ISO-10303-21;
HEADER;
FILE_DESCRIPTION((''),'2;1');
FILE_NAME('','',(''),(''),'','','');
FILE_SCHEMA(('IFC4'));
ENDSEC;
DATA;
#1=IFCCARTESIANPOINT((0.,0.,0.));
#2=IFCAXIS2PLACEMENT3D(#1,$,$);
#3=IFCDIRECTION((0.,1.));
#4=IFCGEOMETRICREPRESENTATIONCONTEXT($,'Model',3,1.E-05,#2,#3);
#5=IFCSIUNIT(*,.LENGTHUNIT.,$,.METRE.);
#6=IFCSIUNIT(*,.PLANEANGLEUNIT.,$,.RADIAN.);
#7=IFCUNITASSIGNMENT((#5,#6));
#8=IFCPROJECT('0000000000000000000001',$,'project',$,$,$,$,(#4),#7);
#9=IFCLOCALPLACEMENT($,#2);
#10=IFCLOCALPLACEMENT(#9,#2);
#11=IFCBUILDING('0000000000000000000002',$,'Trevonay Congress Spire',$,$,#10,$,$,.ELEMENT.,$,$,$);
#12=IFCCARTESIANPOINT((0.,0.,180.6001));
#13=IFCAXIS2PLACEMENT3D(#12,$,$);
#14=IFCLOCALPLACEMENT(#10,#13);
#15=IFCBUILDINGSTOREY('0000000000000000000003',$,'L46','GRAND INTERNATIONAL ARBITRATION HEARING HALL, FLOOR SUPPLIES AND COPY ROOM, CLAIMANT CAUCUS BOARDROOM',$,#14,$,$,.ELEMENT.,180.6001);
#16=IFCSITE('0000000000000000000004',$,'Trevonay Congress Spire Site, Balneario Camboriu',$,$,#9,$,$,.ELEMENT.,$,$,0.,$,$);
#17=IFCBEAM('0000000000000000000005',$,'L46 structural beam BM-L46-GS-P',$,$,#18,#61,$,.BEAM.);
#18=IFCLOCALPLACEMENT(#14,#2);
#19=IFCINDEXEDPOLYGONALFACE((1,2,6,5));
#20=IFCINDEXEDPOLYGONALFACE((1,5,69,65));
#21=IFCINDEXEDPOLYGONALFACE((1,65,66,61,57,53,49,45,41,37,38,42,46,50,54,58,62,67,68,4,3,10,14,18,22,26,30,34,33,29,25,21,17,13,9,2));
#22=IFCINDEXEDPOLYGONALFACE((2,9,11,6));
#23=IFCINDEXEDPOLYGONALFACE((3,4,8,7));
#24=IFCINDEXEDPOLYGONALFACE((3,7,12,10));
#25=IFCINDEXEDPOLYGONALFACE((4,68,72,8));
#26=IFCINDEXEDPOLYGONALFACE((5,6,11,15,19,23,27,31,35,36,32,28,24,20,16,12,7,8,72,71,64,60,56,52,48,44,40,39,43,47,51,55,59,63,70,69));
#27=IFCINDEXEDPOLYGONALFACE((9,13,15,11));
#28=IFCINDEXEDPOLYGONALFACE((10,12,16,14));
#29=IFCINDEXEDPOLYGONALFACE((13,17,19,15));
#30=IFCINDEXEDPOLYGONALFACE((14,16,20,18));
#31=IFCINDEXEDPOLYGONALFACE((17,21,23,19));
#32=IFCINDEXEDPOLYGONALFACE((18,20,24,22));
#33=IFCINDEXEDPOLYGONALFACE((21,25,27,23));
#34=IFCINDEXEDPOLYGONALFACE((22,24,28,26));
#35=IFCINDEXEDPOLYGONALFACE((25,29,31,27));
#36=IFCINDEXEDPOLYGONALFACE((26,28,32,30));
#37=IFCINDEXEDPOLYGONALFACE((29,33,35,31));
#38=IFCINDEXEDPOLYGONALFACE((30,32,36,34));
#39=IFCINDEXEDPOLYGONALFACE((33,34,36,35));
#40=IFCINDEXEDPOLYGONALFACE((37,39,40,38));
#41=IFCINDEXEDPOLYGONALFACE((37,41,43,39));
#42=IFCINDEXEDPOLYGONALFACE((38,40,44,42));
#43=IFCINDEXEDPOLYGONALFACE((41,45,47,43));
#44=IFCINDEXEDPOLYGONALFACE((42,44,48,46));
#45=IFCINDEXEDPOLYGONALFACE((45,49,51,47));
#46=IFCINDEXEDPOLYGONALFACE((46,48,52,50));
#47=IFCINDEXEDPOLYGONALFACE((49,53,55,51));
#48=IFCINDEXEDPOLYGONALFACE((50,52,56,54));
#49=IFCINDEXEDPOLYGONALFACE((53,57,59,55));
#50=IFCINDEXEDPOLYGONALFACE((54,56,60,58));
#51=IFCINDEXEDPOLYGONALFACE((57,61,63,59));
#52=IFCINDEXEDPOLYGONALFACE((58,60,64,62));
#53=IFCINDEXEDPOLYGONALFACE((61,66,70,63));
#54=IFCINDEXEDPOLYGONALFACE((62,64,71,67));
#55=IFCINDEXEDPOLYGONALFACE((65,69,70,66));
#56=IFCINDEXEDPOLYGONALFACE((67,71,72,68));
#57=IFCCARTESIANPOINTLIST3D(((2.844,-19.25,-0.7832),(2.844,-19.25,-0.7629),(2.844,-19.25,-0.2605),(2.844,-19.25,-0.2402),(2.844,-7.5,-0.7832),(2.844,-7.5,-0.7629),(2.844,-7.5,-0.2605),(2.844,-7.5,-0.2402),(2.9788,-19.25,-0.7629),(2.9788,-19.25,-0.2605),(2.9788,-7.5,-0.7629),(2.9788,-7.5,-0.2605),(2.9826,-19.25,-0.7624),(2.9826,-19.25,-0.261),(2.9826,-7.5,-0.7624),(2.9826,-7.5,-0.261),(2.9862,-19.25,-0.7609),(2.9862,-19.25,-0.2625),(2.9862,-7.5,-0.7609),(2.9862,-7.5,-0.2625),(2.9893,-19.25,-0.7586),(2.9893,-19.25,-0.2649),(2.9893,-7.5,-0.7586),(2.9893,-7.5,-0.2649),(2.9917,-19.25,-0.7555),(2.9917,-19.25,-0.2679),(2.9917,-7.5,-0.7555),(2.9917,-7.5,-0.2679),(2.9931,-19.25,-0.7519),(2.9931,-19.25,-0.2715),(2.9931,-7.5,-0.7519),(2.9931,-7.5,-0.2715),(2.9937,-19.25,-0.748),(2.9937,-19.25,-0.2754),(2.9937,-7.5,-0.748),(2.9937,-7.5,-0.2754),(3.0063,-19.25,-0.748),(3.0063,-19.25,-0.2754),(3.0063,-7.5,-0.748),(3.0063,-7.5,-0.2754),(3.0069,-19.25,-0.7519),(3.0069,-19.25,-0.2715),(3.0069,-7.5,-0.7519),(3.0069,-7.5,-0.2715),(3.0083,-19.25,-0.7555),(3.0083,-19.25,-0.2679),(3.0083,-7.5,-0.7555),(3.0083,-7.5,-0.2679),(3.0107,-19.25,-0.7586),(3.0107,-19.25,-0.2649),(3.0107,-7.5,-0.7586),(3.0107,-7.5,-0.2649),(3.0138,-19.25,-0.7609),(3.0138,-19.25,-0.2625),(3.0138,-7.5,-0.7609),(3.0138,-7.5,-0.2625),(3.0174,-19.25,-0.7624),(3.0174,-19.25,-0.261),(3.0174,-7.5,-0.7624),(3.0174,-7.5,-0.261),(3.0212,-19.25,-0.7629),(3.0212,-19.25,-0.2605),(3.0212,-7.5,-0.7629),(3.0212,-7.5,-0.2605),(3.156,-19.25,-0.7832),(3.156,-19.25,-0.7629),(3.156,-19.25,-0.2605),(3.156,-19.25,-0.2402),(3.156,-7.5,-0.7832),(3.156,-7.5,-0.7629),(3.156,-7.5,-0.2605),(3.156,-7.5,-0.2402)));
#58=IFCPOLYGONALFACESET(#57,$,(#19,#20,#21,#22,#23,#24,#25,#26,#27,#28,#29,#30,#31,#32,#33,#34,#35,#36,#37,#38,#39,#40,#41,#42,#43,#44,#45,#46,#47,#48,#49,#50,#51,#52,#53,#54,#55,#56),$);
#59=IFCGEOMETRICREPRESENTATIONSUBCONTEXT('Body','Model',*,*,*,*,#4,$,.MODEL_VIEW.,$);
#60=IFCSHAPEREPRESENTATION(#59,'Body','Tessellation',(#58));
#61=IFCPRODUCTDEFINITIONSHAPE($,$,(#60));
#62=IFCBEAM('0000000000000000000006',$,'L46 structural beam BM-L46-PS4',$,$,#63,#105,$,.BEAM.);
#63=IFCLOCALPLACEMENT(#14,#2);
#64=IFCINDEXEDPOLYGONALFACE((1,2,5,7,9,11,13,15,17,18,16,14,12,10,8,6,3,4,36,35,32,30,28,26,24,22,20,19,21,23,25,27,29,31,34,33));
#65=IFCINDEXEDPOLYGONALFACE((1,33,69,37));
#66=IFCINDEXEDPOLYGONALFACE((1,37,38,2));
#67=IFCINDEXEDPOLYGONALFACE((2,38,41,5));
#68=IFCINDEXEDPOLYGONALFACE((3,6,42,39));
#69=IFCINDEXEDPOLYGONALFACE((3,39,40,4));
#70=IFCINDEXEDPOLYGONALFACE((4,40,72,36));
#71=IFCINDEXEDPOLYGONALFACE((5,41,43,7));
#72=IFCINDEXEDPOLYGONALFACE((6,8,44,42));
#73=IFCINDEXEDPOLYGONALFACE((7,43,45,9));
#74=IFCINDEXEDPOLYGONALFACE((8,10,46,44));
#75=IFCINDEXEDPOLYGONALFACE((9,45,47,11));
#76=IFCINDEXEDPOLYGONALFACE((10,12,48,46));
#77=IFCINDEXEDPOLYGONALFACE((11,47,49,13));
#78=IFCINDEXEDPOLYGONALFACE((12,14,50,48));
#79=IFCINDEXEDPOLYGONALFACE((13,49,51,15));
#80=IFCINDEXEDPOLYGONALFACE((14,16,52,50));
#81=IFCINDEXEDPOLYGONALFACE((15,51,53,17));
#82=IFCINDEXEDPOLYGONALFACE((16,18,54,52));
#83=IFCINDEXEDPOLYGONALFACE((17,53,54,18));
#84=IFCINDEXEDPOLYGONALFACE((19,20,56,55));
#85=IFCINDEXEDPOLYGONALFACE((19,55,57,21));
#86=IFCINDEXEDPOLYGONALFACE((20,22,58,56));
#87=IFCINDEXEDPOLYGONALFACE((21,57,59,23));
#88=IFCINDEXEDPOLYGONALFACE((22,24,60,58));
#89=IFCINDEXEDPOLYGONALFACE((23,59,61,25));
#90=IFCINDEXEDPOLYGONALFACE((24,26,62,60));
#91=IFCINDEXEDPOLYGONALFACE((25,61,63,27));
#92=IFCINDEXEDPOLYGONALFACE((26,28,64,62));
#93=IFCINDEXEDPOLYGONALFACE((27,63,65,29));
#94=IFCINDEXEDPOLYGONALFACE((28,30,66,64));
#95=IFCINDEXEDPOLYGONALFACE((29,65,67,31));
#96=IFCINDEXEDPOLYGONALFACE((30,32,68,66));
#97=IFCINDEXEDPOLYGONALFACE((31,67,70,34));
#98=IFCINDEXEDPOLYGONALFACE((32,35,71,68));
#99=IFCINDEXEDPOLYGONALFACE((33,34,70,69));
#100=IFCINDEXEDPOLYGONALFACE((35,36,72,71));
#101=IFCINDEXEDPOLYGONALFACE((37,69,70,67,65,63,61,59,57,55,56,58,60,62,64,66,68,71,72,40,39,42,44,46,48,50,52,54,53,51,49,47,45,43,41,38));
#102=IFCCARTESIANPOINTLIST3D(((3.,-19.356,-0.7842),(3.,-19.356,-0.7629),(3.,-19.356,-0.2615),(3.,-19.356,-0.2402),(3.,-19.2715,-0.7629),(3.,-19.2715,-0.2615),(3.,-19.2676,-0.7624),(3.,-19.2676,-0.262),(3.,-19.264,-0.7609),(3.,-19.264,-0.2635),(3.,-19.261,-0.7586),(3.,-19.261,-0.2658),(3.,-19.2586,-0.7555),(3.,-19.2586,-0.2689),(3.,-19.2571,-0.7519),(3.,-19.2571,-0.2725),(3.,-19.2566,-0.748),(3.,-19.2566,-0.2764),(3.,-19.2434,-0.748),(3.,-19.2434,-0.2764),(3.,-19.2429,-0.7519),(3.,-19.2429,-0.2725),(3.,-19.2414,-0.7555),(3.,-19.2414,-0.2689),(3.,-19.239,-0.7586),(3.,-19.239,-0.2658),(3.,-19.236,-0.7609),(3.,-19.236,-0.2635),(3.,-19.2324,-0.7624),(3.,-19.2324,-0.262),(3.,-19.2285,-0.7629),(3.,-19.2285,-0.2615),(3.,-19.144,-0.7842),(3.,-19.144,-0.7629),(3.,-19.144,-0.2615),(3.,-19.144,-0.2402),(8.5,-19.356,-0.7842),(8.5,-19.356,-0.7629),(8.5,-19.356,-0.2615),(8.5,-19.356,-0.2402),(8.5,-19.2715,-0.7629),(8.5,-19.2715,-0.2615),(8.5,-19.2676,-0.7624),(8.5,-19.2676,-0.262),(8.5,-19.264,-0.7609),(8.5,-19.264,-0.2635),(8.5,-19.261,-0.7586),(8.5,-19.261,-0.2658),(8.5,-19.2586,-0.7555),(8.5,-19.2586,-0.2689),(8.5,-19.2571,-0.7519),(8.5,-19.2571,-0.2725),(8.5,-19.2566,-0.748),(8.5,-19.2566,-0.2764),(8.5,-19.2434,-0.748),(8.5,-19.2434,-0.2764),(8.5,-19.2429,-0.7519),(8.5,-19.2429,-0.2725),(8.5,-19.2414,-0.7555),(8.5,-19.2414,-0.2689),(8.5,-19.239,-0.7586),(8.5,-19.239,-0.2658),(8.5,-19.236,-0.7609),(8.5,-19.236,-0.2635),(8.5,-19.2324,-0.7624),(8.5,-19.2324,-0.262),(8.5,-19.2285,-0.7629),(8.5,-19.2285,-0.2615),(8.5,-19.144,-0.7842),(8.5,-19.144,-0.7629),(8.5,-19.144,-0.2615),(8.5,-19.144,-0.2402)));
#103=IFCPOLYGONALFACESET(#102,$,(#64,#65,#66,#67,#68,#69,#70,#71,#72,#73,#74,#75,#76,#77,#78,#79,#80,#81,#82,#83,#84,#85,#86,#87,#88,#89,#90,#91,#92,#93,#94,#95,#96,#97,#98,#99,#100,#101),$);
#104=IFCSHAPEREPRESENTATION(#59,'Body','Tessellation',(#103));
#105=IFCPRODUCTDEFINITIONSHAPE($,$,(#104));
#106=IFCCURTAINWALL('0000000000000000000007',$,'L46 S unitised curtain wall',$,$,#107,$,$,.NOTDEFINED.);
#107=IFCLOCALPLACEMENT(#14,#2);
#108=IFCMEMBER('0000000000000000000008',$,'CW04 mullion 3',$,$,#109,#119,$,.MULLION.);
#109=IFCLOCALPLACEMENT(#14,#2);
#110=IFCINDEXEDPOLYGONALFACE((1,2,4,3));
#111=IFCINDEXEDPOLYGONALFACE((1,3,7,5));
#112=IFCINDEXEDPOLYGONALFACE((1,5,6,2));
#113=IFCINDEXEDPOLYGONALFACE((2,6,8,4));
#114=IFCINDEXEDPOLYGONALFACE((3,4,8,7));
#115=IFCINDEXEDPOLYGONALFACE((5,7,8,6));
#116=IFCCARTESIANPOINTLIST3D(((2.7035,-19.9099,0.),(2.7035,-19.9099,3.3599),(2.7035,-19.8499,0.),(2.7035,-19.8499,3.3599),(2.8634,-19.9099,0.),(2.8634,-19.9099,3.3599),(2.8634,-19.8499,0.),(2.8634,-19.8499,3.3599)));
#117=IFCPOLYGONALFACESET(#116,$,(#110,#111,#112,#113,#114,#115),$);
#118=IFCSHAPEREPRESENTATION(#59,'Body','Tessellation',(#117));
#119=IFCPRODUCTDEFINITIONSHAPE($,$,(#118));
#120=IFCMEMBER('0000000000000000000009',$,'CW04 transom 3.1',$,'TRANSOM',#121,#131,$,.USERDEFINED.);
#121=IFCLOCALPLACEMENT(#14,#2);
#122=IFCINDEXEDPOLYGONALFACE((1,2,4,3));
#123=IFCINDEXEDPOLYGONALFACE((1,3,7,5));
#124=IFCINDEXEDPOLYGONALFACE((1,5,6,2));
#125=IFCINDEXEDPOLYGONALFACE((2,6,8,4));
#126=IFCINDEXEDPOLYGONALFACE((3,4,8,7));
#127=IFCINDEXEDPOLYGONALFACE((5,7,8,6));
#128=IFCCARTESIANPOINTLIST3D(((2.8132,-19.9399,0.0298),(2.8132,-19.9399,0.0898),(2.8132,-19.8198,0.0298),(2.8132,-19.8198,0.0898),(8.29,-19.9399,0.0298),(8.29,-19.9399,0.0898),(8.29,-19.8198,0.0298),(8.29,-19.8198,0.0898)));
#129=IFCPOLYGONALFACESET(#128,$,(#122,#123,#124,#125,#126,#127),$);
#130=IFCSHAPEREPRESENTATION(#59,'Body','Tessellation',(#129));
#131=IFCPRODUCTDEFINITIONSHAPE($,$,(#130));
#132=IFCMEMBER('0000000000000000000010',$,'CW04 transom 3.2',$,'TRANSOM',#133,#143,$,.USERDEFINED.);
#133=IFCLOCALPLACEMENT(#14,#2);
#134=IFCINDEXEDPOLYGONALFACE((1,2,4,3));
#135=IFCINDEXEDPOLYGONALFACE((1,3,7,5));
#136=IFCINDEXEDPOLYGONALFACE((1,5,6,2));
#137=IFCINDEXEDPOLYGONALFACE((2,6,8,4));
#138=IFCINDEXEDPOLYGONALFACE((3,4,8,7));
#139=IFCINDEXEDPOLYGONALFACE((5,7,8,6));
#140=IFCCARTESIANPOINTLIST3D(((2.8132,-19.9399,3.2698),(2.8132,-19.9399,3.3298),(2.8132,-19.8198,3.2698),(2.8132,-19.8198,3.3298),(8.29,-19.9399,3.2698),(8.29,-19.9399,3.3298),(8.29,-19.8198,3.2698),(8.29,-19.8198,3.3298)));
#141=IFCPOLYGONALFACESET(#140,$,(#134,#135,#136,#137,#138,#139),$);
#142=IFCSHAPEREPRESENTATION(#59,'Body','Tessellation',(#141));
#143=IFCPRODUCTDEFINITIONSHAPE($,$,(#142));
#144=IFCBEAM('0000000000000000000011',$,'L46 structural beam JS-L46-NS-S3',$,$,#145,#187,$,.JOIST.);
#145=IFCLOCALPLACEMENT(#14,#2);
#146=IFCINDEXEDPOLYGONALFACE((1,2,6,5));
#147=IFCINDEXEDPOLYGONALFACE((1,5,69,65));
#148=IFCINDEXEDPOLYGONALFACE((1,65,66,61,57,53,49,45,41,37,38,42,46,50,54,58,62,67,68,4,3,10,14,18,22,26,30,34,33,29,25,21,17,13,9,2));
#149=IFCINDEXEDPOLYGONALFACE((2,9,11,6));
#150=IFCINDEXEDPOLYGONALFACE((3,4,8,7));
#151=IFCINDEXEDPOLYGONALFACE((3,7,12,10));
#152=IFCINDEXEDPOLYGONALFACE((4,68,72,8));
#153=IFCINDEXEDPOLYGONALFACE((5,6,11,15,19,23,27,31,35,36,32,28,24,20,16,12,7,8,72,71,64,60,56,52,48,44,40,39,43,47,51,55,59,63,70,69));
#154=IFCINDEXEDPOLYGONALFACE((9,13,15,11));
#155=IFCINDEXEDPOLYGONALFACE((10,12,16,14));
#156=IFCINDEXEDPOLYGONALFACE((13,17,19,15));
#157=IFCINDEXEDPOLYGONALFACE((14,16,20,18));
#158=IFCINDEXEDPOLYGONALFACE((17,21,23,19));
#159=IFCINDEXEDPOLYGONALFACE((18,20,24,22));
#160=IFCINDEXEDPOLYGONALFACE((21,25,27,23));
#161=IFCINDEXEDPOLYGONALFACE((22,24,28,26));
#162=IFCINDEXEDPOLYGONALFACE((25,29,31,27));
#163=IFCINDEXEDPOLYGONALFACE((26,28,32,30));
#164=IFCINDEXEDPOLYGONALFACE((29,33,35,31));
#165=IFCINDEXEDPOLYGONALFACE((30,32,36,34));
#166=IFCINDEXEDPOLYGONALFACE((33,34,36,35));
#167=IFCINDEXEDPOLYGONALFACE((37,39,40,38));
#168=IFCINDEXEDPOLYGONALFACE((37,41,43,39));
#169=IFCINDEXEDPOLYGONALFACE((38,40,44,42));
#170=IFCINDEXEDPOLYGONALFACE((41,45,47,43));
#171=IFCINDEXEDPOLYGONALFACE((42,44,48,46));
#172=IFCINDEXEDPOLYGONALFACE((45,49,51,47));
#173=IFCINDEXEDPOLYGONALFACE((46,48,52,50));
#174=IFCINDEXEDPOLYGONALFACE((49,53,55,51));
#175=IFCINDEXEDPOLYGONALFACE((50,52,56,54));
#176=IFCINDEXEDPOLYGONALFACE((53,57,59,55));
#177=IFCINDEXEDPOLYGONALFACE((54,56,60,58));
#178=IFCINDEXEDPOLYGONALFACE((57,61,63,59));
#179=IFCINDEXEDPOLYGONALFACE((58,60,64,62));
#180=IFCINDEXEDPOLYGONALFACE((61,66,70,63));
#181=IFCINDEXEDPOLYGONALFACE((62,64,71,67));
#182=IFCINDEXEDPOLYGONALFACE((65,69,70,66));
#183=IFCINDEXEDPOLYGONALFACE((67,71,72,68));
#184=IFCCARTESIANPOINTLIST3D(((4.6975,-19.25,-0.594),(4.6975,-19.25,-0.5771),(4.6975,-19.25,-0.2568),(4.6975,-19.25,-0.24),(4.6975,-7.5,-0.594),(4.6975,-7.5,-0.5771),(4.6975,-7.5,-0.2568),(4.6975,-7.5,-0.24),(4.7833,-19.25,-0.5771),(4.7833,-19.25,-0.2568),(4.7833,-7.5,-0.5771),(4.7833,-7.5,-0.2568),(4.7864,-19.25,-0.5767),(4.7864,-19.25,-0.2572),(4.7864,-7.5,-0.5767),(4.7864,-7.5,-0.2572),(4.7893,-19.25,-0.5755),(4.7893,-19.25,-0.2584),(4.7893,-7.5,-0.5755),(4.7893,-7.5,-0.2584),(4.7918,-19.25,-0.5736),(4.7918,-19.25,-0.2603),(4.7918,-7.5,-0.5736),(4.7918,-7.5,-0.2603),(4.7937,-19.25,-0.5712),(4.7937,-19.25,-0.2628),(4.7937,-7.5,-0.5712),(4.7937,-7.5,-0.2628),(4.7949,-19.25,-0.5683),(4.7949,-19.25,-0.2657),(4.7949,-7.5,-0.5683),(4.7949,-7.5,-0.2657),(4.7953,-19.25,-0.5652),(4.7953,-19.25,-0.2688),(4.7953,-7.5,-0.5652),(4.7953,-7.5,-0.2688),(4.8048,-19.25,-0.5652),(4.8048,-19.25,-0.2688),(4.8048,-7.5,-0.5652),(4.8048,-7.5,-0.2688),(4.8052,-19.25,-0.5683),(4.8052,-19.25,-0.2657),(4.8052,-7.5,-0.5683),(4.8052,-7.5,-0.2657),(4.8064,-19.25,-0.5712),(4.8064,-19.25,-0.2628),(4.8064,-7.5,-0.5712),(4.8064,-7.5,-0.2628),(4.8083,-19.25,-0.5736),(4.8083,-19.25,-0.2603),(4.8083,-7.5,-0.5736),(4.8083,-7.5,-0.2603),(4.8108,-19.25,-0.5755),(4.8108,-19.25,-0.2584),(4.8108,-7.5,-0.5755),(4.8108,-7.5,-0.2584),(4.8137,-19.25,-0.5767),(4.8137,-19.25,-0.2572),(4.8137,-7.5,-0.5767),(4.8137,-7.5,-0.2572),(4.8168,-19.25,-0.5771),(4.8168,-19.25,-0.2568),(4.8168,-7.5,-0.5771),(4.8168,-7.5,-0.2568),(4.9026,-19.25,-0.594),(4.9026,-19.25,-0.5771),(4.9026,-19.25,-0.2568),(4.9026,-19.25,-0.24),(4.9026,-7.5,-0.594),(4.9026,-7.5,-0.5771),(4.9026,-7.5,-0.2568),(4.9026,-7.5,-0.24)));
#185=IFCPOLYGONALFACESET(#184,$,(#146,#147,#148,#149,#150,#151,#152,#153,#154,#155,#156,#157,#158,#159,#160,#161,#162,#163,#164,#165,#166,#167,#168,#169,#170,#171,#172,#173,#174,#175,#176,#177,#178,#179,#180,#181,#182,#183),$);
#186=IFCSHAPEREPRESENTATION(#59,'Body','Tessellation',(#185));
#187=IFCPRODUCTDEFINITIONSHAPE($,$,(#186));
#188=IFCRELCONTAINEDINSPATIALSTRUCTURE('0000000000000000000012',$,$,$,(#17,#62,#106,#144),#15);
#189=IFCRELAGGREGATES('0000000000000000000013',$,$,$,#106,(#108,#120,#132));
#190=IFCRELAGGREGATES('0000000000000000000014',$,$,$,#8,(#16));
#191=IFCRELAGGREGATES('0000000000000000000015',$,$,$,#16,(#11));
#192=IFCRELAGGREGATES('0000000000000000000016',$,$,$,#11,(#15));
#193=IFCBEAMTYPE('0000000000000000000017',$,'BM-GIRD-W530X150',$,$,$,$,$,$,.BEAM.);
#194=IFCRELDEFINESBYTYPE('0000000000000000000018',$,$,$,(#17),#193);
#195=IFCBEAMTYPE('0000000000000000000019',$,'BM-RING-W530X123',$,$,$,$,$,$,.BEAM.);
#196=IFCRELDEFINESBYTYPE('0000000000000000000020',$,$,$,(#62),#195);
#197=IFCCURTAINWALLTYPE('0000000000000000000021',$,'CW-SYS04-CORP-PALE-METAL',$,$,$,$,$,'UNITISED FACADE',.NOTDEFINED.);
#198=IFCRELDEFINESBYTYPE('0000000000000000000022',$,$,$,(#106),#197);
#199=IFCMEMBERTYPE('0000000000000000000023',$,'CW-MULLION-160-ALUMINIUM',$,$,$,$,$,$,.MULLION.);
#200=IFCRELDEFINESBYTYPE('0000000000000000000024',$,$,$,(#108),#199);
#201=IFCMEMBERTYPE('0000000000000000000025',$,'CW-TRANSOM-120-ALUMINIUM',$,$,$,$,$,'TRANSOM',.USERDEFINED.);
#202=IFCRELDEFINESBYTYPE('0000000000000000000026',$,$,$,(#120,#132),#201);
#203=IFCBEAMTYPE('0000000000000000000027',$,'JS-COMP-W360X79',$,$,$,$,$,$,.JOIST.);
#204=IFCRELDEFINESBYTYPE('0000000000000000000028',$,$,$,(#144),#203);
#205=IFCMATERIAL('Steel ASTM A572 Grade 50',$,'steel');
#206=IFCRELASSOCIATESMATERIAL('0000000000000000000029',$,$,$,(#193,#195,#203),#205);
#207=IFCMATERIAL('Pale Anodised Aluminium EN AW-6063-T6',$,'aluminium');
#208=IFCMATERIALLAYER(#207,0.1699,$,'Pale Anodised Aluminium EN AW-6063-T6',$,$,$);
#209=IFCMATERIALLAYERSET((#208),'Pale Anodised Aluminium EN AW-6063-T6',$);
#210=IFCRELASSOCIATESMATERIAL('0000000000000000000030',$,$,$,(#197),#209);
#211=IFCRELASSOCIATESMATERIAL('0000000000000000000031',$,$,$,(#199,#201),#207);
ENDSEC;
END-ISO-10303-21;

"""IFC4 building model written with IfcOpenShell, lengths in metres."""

from ifc_helpers import new_model, si_unit, direction, frame, origin, origin_2d, place, context, subcontext, project, spatial, rectangle, i_section, extrude, material, layer, layer_set, material_profile, profile_set, type_object, element, aggregate, save


model = new_model("IFC4")

# Units and contexts
model_context = context("Model", 3, precision=1e-05, world=origin(), true_north=direction((0.0, 1.0)))
body_context = subcontext(model_context, "Body", "Model", "MODEL_VIEW")
ifc_project = project(units=[si_unit("LENGTHUNIT", "METRE"), si_unit("PLANEANGLEUNIT", "RADIAN")], contexts=[model_context])

# Site, building, storey
site_placement = place(None, origin())
site = spatial("IfcSite", under=ifc_project, at=site_placement, Name="Trevonay Congress Spire Site, Balneario Camboriu", CompositionType="ELEMENT", RefElevation=0.0)
building_placement = place(site_placement, origin())
building = spatial("IfcBuilding", under=site, at=building_placement, Name="Trevonay Congress Spire", CompositionType="ELEMENT")
storey_placement = place(building_placement, frame((0.0, 0.0, 180.6001)))
storey = spatial("IfcBuildingStorey", under=building, at=storey_placement, Name="L46", Description="GRAND INTERNATIONAL ARBITRATION HEARING HALL, FLOOR SUPPLIES AND COPY ROOM, CLAIMANT CAUCUS BOARDROOM", CompositionType="ELEMENT", Elevation=180.6001)

# Shared definitions
ifc_material_1 = material(Name="Steel ASTM A572 Grade 50", Category="steel")

# Beams
ifc_material_profile_1 = material_profile(ifc_material_1, i_section(OverallWidth=0.312, OverallDepth=0.543, WebThickness=0.0127, FlangeThickness=0.0203, FilletRadius=0.0149, at=origin_2d()), Name="W530x150")
ifc_profile_set_1 = profile_set([ifc_material_profile_1], Name="Steel ASTM A572 Grade 50")
beam_type_1 = type_object("IfcBeamType", Name="BM-GIRD-W530X150", PredefinedType="BEAM", material=ifc_profile_set_1)
beam_1_placement = place(storey_placement, frame((3.0, -7.5, -0.5117), z_axis=(0.0, -1.0, 0.0), x_axis=(1.0, 0.0, 0.0)))
element("IfcBeam", 1, at=beam_1_placement, inside=storey, type_object=beam_type_1, Name="L46 structural beam BM-L46-GS-P", PredefinedType="BEAM", context=body_context, shape_type="SweptSolid", body=[
    extrude(i_section(OverallWidth=0.312, OverallDepth=0.543, WebThickness=0.0127, FlangeThickness=0.0203, FilletRadius=0.0149, at=origin_2d()), origin(), (0.0, 0.0, 1.0), 11.75),
])
ifc_material_profile_2 = material_profile(ifc_material_1, i_section(OverallWidth=0.2119, OverallDepth=0.5439, WebThickness=0.0132, FlangeThickness=0.0212, FilletRadius=0.0149, at=origin_2d()), Name="W530x123")
ifc_profile_set_2 = profile_set([ifc_material_profile_2], Name="Steel ASTM A572 Grade 50")
beam_type_2 = type_object("IfcBeamType", Name="BM-RING-W530X123", PredefinedType="BEAM", material=ifc_profile_set_2)
beam_2_placement = place(storey_placement, frame((3.0, -19.25, -0.5122), z_axis=(1.0, 0.0, 0.0), x_axis=(0.0, 1.0, 0.0)))
element("IfcBeam", 2, at=beam_2_placement, inside=storey, type_object=beam_type_2, Name="L46 structural beam BM-L46-PS4", PredefinedType="BEAM", context=body_context, shape_type="SweptSolid", body=[
    extrude(i_section(OverallWidth=0.2119, OverallDepth=0.5439, WebThickness=0.0132, FlangeThickness=0.0212, FilletRadius=0.0149, at=origin_2d()), origin(), (0.0, 0.0, 1.0), 5.5),
])

# Curtain wall, members
ifc_material_2 = material(Name="Pale Anodised Aluminium EN AW-6063-T6", Category="aluminium")
ifc_layer_1 = layer(ifc_material_2, 0.1699, Name="Pale Anodised Aluminium EN AW-6063-T6")
ifc_layer_set_1 = layer_set([ifc_layer_1], Name="Pale Anodised Aluminium EN AW-6063-T6")
curtain_wall_type = type_object("IfcCurtainWallType", Name="CW-SYS04-CORP-PALE-METAL", ElementType="UNITISED FACADE", PredefinedType="NOTDEFINED", material=ifc_layer_set_1)
curtain_wall_placement = place(storey_placement, origin())
curtain_wall = element("IfcCurtainWall", 3, at=curtain_wall_placement, inside=storey, type_object=curtain_wall_type, Name="L46 S unitised curtain wall", PredefinedType="NOTDEFINED")
ifc_material_profile_3 = material_profile(ifc_material_2, rectangle(XDim=0.0601, YDim=0.1599, at=origin_2d()), Name="CW-MULLION-160-ALUMINIUM")
ifc_profile_set_3 = profile_set([ifc_material_profile_3], Name="Pale Anodised Aluminium EN AW-6063-T6")
member_type_1 = type_object("IfcMemberType", Name="CW-MULLION-160-ALUMINIUM", PredefinedType="MULLION", material=ifc_profile_set_3)
member_1_placement = place(storey_placement, frame((2.7834, -19.8799, 0.0), z_axis=(0.0, 0.0, 1.0), x_axis=(0.0, 1.0, 0.0)))
member_1 = element("IfcMember", 4, at=member_1_placement, type_object=member_type_1, Name="CW04 mullion 3", PredefinedType="MULLION", context=body_context, shape_type="SweptSolid", body=[
    extrude(rectangle(XDim=0.0601, YDim=0.1599, at=origin_2d()), origin(), (0.0, 0.0, 1.0), 3.3599),
])
ifc_material_profile_4 = material_profile(ifc_material_2, rectangle(XDim=0.1201, YDim=0.0601, at=origin_2d()), Name="CW-TRANSOM-120-ALUMINIUM")
ifc_profile_set_4 = profile_set([ifc_material_profile_4], Name="Pale Anodised Aluminium EN AW-6063-T6")
member_type_2 = type_object("IfcMemberType", Name="CW-TRANSOM-120-ALUMINIUM", ElementType="TRANSOM", PredefinedType="USERDEFINED", material=ifc_profile_set_4)
member_2_placement = place(storey_placement, frame((2.8132, -19.8799, 0.0598), z_axis=(1.0, 0.0, 0.0), x_axis=(0.0, 1.0, 0.0)))
member_2 = element("IfcMember", 5, at=member_2_placement, type_object=member_type_2, Name="CW04 transom 3.1", ObjectType="TRANSOM", PredefinedType="USERDEFINED", context=body_context, shape_type="SweptSolid", body=[
    extrude(rectangle(XDim=0.1201, YDim=0.0601, at=origin_2d()), origin(), (0.0, 0.0, 1.0), 5.4768),
])
member_3_placement = place(storey_placement, frame((2.8132, -19.8799, 3.2998), z_axis=(1.0, 0.0, 0.0), x_axis=(0.0, 1.0, 0.0)))
member_3 = element("IfcMember", 6, at=member_3_placement, type_object=member_type_2, Name="CW04 transom 3.2", ObjectType="TRANSOM", PredefinedType="USERDEFINED", context=body_context, shape_type="SweptSolid", body=[
    extrude(rectangle(XDim=0.1201, YDim=0.0601, at=origin_2d()), origin(), (0.0, 0.0, 1.0), 5.4768),
])

# Beam
ifc_material_profile_5 = material_profile(ifc_material_1, i_section(OverallWidth=0.2051, OverallDepth=0.354, WebThickness=0.0095, FlangeThickness=0.0168, FilletRadius=0.012, at=origin_2d()), Name="W360x79")
ifc_profile_set_5 = profile_set([ifc_material_profile_5], Name="Steel ASTM A572 Grade 50")
beam_type_3 = type_object("IfcBeamType", Name="JS-COMP-W360X79", PredefinedType="JOIST", material=ifc_profile_set_5)
beam_3_placement = place(storey_placement, frame((4.8, -19.25, -0.417), z_axis=(0.0, 1.0, 0.0), x_axis=(-1.0, 0.0, 0.0)))
element("IfcBeam", 7, at=beam_3_placement, inside=storey, type_object=beam_type_3, Name="L46 structural beam JS-L46-NS-S3", PredefinedType="JOIST", context=body_context, shape_type="SweptSolid", body=[
    extrude(i_section(OverallWidth=0.2051, OverallDepth=0.354, WebThickness=0.0095, FlangeThickness=0.0168, FilletRadius=0.012, at=origin_2d()), origin(), (0.0, 0.0, 1.0), 11.75),
])

aggregate(curtain_wall, [member_1, member_2, member_3])

save(model, "model.ifc")
